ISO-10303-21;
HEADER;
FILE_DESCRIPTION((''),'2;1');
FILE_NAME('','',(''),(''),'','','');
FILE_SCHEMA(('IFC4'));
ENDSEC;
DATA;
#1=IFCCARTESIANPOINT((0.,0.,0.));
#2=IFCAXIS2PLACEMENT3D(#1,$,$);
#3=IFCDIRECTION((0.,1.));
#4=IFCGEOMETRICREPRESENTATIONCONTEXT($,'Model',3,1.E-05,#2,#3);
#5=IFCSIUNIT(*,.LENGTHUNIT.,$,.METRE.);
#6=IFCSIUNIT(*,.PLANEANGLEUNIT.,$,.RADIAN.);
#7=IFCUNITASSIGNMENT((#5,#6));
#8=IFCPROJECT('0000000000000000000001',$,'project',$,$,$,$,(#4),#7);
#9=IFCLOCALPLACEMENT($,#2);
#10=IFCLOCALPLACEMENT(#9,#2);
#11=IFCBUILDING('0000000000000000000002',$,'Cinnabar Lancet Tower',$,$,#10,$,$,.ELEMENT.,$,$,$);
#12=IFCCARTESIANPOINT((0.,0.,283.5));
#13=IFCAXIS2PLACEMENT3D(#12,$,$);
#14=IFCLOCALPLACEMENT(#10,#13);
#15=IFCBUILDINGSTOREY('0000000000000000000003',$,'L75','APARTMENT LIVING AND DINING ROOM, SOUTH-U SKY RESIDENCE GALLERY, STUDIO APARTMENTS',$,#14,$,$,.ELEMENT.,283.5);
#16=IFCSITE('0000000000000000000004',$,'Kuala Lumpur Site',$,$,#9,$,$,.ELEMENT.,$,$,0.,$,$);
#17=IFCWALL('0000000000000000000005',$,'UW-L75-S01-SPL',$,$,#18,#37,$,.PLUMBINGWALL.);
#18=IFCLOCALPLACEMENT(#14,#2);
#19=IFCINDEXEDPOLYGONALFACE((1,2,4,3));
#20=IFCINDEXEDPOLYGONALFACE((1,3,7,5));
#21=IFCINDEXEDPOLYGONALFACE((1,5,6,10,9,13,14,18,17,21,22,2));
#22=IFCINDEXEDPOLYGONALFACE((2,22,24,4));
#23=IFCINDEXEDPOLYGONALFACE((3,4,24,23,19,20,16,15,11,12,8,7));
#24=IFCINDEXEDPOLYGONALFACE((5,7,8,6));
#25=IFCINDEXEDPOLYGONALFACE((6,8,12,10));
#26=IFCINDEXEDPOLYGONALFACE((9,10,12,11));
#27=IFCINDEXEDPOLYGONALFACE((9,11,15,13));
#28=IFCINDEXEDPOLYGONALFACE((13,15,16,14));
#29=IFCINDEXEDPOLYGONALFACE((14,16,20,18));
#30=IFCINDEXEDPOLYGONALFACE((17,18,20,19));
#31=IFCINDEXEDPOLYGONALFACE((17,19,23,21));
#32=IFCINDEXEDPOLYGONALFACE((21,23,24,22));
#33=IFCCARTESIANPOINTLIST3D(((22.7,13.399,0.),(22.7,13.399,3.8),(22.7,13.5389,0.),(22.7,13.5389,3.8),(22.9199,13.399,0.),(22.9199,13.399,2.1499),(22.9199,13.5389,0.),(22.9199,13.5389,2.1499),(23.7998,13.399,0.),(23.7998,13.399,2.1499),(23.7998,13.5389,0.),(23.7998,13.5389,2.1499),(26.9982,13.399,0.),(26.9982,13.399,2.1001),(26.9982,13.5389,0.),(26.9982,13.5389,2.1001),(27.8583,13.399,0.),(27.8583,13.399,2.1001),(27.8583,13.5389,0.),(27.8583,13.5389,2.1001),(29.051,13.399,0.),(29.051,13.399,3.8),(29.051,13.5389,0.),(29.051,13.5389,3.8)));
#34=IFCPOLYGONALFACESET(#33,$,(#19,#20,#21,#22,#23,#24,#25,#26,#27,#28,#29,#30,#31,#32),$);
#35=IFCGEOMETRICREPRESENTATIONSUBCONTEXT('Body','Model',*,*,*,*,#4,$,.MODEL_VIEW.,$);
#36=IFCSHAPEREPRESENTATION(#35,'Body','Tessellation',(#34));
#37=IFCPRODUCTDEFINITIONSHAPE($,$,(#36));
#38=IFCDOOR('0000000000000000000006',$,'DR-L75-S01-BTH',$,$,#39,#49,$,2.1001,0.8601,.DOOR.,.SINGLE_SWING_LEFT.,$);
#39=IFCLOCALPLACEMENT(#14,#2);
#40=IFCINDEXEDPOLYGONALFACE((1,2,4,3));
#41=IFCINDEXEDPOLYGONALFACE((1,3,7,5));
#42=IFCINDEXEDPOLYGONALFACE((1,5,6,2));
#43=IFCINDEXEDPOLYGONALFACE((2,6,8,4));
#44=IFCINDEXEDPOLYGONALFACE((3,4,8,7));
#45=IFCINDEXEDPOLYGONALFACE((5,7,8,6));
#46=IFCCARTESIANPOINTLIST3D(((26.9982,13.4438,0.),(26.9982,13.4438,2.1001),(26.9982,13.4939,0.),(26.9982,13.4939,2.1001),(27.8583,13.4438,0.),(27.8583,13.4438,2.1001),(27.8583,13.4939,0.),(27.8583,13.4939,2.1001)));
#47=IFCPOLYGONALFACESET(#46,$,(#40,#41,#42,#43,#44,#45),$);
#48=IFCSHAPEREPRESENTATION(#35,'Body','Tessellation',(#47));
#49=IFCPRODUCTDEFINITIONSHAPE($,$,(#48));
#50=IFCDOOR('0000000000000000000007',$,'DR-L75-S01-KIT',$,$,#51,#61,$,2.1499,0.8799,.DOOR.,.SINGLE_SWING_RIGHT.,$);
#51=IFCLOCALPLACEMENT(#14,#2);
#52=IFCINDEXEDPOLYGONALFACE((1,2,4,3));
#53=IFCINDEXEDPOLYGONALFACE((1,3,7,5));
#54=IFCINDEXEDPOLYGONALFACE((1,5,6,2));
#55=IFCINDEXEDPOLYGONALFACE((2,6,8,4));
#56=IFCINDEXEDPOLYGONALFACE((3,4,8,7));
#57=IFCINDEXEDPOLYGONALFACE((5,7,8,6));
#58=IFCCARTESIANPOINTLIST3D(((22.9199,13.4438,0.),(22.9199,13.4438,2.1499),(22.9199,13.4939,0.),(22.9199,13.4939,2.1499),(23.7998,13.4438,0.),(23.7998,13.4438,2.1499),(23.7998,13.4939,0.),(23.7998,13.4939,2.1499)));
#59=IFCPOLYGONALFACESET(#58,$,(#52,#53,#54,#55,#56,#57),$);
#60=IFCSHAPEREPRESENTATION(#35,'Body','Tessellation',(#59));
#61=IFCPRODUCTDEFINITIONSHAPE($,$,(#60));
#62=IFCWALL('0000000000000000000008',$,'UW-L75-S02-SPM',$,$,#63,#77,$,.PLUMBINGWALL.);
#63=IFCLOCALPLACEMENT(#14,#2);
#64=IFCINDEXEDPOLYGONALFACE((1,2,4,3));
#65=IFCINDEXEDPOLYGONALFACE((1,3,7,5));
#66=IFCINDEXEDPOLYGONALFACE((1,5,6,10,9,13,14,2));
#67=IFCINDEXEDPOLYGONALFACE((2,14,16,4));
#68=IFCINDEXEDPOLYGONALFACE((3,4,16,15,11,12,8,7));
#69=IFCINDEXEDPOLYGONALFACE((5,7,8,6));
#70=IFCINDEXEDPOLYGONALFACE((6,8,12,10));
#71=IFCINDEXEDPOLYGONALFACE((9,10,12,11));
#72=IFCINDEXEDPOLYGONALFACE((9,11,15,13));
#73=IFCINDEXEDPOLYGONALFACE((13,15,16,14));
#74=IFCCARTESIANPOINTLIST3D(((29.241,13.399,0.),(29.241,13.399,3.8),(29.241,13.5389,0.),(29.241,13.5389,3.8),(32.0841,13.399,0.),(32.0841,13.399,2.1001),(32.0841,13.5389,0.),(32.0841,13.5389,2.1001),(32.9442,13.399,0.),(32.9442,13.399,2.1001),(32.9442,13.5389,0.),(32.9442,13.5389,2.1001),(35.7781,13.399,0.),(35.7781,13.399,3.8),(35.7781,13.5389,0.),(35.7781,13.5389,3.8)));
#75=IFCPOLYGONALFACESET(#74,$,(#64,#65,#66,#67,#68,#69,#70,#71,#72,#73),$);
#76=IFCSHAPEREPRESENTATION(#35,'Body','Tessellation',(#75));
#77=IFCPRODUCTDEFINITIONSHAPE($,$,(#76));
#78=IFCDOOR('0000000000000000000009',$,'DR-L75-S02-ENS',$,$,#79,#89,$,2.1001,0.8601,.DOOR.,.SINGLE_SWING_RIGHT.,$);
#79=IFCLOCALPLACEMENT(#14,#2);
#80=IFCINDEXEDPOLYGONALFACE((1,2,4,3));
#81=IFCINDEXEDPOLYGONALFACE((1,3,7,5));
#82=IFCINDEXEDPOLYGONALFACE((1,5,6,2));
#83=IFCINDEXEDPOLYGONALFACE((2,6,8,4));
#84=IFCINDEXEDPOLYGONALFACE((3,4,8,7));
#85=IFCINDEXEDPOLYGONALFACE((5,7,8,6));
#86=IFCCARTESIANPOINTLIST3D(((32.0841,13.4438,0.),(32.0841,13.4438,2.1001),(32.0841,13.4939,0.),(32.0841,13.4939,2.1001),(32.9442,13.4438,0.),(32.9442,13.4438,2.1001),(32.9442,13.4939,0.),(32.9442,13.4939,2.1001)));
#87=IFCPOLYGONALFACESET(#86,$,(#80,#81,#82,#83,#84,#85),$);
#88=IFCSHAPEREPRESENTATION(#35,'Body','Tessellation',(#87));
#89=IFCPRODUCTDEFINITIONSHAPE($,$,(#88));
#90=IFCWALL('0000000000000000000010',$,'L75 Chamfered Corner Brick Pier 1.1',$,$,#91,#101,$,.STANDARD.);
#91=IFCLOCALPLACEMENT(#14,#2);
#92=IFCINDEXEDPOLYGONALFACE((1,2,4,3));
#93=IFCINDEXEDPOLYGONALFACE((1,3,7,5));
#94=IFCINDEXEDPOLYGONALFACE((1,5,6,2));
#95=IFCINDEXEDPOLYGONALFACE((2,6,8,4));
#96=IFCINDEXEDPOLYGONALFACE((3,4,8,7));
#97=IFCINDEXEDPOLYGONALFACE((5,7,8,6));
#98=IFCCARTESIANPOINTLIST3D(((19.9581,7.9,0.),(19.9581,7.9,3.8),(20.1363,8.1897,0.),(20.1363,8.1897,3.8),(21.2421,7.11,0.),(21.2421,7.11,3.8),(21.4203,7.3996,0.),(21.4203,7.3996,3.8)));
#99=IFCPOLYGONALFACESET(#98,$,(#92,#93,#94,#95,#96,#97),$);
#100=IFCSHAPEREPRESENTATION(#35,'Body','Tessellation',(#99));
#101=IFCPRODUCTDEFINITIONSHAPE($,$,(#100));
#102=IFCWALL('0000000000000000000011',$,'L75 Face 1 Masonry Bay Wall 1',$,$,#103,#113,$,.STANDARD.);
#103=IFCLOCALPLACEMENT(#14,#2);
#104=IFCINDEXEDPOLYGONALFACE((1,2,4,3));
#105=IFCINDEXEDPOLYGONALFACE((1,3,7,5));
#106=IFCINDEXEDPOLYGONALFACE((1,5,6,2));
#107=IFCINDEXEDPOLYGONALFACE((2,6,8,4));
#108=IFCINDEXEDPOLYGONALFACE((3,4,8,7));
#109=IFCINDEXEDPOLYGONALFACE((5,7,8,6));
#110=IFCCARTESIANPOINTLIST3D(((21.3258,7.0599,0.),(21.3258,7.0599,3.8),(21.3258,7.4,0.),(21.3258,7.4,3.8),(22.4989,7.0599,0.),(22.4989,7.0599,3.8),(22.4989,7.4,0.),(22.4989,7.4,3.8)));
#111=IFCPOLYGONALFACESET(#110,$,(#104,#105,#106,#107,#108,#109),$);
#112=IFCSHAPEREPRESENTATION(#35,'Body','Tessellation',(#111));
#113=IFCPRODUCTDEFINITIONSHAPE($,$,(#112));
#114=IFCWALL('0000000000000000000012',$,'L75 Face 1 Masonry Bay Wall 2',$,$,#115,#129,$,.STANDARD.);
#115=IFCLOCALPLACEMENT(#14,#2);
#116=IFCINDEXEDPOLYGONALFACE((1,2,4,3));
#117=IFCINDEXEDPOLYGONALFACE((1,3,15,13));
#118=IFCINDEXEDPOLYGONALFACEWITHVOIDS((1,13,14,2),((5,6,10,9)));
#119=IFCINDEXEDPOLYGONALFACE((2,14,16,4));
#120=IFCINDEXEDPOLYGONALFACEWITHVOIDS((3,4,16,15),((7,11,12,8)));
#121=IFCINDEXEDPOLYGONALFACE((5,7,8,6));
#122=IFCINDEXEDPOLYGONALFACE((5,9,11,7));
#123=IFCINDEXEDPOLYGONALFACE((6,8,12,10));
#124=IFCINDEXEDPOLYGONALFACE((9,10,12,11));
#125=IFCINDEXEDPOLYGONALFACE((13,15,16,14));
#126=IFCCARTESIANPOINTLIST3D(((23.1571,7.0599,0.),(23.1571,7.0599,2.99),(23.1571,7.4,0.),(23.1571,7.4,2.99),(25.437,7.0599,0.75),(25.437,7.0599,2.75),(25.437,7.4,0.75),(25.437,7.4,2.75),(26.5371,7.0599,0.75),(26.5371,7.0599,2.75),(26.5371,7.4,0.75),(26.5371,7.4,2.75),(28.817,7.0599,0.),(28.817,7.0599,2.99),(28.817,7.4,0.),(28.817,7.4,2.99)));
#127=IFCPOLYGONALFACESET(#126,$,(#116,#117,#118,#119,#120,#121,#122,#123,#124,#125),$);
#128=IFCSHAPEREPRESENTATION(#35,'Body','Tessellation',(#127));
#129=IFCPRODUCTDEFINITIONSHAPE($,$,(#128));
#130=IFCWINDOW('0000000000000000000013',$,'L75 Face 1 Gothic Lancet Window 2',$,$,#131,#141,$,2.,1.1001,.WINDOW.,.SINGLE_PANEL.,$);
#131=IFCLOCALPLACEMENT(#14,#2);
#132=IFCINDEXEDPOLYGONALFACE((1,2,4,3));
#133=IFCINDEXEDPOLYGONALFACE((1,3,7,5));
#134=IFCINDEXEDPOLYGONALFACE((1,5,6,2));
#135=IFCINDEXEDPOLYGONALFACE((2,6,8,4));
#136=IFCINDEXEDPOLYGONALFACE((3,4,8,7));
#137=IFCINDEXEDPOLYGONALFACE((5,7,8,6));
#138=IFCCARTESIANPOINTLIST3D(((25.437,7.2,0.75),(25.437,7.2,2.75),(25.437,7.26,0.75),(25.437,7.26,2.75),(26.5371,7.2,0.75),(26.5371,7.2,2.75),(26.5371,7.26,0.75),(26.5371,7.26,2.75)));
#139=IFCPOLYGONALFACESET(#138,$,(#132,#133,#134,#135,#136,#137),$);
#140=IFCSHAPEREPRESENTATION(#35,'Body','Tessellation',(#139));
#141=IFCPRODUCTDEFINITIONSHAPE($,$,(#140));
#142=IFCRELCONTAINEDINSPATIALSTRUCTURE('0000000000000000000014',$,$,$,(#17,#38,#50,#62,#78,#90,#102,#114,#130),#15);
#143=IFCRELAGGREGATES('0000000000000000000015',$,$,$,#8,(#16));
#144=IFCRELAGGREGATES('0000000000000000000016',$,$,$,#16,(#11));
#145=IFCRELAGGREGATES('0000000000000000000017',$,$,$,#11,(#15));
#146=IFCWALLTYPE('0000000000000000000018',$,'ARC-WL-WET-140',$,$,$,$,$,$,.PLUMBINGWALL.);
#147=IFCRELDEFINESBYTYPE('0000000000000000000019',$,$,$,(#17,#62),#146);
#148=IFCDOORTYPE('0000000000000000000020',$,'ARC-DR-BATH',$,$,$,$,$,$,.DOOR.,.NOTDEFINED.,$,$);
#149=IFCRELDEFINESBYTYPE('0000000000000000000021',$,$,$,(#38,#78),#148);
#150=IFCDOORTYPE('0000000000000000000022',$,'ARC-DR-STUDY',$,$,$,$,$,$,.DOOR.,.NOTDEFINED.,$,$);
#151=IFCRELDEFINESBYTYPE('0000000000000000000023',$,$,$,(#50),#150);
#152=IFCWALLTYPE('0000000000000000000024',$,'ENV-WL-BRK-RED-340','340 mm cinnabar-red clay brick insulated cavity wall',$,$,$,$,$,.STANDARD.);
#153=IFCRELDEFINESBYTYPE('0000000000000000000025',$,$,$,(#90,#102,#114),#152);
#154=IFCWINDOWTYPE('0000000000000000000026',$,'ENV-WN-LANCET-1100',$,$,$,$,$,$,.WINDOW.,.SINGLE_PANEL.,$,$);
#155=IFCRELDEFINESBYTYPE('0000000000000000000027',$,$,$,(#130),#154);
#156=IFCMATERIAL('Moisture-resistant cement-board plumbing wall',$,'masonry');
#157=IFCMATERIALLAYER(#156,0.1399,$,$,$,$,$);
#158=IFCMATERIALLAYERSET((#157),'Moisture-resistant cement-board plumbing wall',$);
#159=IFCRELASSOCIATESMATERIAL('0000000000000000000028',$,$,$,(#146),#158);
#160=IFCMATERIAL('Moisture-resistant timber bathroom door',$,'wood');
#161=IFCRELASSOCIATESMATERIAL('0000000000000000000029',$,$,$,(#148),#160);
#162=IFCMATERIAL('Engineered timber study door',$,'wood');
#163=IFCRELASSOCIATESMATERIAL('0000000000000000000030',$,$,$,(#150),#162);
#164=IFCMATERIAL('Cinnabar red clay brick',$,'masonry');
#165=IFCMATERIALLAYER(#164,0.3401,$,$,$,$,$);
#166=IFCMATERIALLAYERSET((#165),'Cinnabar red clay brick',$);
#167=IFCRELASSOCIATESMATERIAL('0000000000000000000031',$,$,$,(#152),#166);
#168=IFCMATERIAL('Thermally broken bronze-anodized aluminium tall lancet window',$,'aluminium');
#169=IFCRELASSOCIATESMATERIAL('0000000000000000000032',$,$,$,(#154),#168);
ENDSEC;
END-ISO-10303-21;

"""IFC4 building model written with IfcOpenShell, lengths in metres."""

from ifc_helpers import new_model, si_unit, direction, frame, frame_2d, origin, place, context, subcontext, project, spatial, rectangle, extrude, material, layer, layer_set, type_object, element, fill, save


model = new_model("IFC4")

# Units and contexts
model_context = context("Model", 3, precision=1e-05, world=origin(), true_north=direction((0.0, 1.0)))
body_context = subcontext(model_context, "Body", "Model", "MODEL_VIEW")
ifc_project = project(units=[si_unit("LENGTHUNIT", "METRE"), si_unit("PLANEANGLEUNIT", "RADIAN")], contexts=[model_context])

# Site, building, storey
site_placement = place(None, origin())
site = spatial("IfcSite", under=ifc_project, at=site_placement, Name="Kuala Lumpur Site", CompositionType="ELEMENT", RefElevation=0.0)
building_placement = place(site_placement, origin())
building = spatial("IfcBuilding", under=site, at=building_placement, Name="Cinnabar Lancet Tower", CompositionType="ELEMENT")
storey_placement = place(building_placement, frame((0.0, 0.0, 283.5)))
storey = spatial("IfcBuildingStorey", under=building, at=storey_placement, Name="L75", Description="APARTMENT LIVING AND DINING ROOM, SOUTH-U SKY RESIDENCE GALLERY, STUDIO APARTMENTS", CompositionType="ELEMENT", Elevation=283.5)

# Wall, openings, doors
ifc_material_1 = material(Name="Moisture-resistant cement-board plumbing wall", Category="masonry")
ifc_layer_1 = layer(ifc_material_1, 0.1399)
ifc_layer_set_1 = layer_set([ifc_layer_1], Name="Moisture-resistant cement-board plumbing wall")
wall_type_1 = type_object("IfcWallType", Name="ARC-WL-WET-140", PredefinedType="PLUMBINGWALL", material=ifc_layer_set_1)
wall_1_placement = place(storey_placement, frame((22.7, 13.469, 0.0), z_axis=(0.0, 0.0, 1.0), x_axis=(1.0, 0.0, 0.0)))
wall_1 = element("IfcWall", 1, at=wall_1_placement, inside=storey, type_object=wall_type_1, Name="UW-L75-S01-SPL", PredefinedType="PLUMBINGWALL", context=body_context, shape_type="SweptSolid", body=[
    extrude(rectangle(XDim=6.3511, YDim=0.1399, at=frame_2d((3.1755, 0.0))), origin(), (0.0, 0.0, 1.0), 3.8),
])
opening_1_placement = place(wall_1_placement, frame((4.2981, 0.0, 0.0)))
opening_1 = element("IfcOpeningElement", 2, at=opening_1_placement, cuts=wall_1, PredefinedType="OPENING", context=body_context, shape_type="SweptSolid", body=[
    extrude(rectangle(XDim=0.8601, YDim=2.1001, at=frame_2d((0.4302, 1.05))), frame((0.0, 0.0798, 0.0), z_axis=(0.0, -1.0, 0.0), x_axis=(1.0, 0.0, 0.0)), (0.0, 0.0, 1.0), 0.1599),
])
opening_2_placement = place(wall_1_placement, frame((0.22, 0.0, 0.0)))
opening_2 = element("IfcOpeningElement", 3, at=opening_2_placement, cuts=wall_1, PredefinedType="OPENING", context=body_context, shape_type="SweptSolid", body=[
    extrude(rectangle(XDim=0.8799, YDim=2.1499, at=frame_2d((0.4399, 1.075))), frame((0.0, 0.0798, 0.0), z_axis=(0.0, -1.0, 0.0), x_axis=(1.0, 0.0, 0.0)), (0.0, 0.0, 1.0), 0.1599),
])
ifc_material_2 = material(Name="Moisture-resistant timber bathroom door", Category="wood")
door_type_1 = type_object("IfcDoorType", Name="ARC-DR-BATH", OperationType="NOTDEFINED", PredefinedType="DOOR", material=ifc_material_2)
door_1_placement = place(opening_1_placement, origin())
door_1 = element("IfcDoor", 4, at=door_1_placement, inside=storey, type_object=door_type_1, Name="DR-L75-S01-BTH", OperationType="SINGLE_SWING_LEFT", OverallHeight=2.1001, OverallWidth=0.8601, PredefinedType="DOOR", context=body_context, shape_type="SweptSolid", body=[
    extrude(rectangle(XDim=0.8601, YDim=2.1001, at=frame_2d((0.4302, 1.05))), frame((0.0, 0.0249, 0.0), z_axis=(0.0, -1.0, 0.0), x_axis=(1.0, 0.0, 0.0)), (0.0, 0.0, 1.0), 0.05),
])
fill(opening_1, door_1)
ifc_material_3 = material(Name="Engineered timber study door", Category="wood")
door_type_2 = type_object("IfcDoorType", Name="ARC-DR-STUDY", OperationType="NOTDEFINED", PredefinedType="DOOR", material=ifc_material_3)
door_2_placement = place(opening_2_placement, origin())
door_2 = element("IfcDoor", 5, at=door_2_placement, inside=storey, type_object=door_type_2, Name="DR-L75-S01-KIT", OperationType="SINGLE_SWING_RIGHT", OverallHeight=2.1499, OverallWidth=0.8799, PredefinedType="DOOR", context=body_context, shape_type="SweptSolid", body=[
    extrude(rectangle(XDim=0.8799, YDim=2.1499, at=frame_2d((0.4399, 1.075))), frame((0.0, 0.0249, 0.0), z_axis=(0.0, -1.0, 0.0), x_axis=(1.0, 0.0, 0.0)), (0.0, 0.0, 1.0), 0.05),
])
fill(opening_2, door_2)

# Wall, opening, door
wall_2_placement = place(storey_placement, frame((29.241, 13.469, 0.0), z_axis=(0.0, 0.0, 1.0), x_axis=(1.0, 0.0, 0.0)))
wall_2 = element("IfcWall", 6, at=wall_2_placement, inside=storey, type_object=wall_type_1, Name="UW-L75-S02-SPM", PredefinedType="PLUMBINGWALL", context=body_context, shape_type="SweptSolid", body=[
    extrude(rectangle(XDim=6.5371, YDim=0.1399, at=frame_2d((3.2686, 0.0))), origin(), (0.0, 0.0, 1.0), 3.8),
])
opening_3_placement = place(wall_2_placement, frame((2.843, 0.0, 0.0)))
opening_3 = element("IfcOpeningElement", 7, at=opening_3_placement, cuts=wall_2, PredefinedType="OPENING", context=body_context, shape_type="SweptSolid", body=[
    extrude(rectangle(XDim=0.8601, YDim=2.1001, at=frame_2d((0.4302, 1.05))), frame((0.0, 0.0798, 0.0), z_axis=(0.0, -1.0, 0.0), x_axis=(1.0, 0.0, 0.0)), (0.0, 0.0, 1.0), 0.1599),
])
door_3_placement = place(opening_3_placement, origin())
door_3 = element("IfcDoor", 8, at=door_3_placement, inside=storey, type_object=door_type_1, Name="DR-L75-S02-ENS", OperationType="SINGLE_SWING_RIGHT", OverallHeight=2.1001, OverallWidth=0.8601, PredefinedType="DOOR", context=body_context, shape_type="SweptSolid", body=[
    extrude(rectangle(XDim=0.8601, YDim=2.1001, at=frame_2d((0.4302, 1.05))), frame((0.0, 0.0249, 0.0), z_axis=(0.0, -1.0, 0.0), x_axis=(1.0, 0.0, 0.0)), (0.0, 0.0, 1.0), 0.05),
])
fill(opening_3, door_3)

# Walls
ifc_material_4 = material(Name="Cinnabar red clay brick", Category="masonry")
ifc_layer_2 = layer(ifc_material_4, 0.3401)
ifc_layer_set_2 = layer_set([ifc_layer_2], Name="Cinnabar red clay brick")
wall_type_2 = type_object("IfcWallType", Name="ENV-WL-BRK-RED-340", Description="340 mm cinnabar-red clay brick insulated cavity wall", PredefinedType="STANDARD", material=ifc_layer_set_2)
wall_3_placement = place(storey_placement, frame((20.0471, 8.0449, 0.0), z_axis=(0.0, 0.0, 1.0), x_axis=(0.851681, -0.524061, 0.0)))
element("IfcWall", 9, at=wall_3_placement, inside=storey, type_object=wall_type_2, Name="L75 Chamfered Corner Brick Pier 1.1", PredefinedType="STANDARD", context=body_context, shape_type="SweptSolid", body=[
    extrude(rectangle(XDim=1.5076, YDim=0.3401, at=frame_2d((0.7539, 0.0))), origin(), (0.0, 0.0, 1.0), 3.8),
])
wall_4_placement = place(storey_placement, frame((21.3259, 7.23, 0.0), z_axis=(0.0, 0.0, 1.0), x_axis=(1.0, 0.0, 0.0)))
element("IfcWall", 10, at=wall_4_placement, inside=storey, type_object=wall_type_2, Name="L75 Face 1 Masonry Bay Wall 1", PredefinedType="STANDARD", context=body_context, shape_type="SweptSolid", body=[
    extrude(rectangle(XDim=1.1731, YDim=0.3401, at=frame_2d((0.5864, 0.0))), origin(), (0.0, 0.0, 1.0), 3.8),
])

# Wall, opening, window
wall_5_placement = place(storey_placement, frame((23.157, 7.23, 0.0), z_axis=(0.0, 0.0, 1.0), x_axis=(1.0, 0.0, 0.0)))
wall_5 = element("IfcWall", 11, at=wall_5_placement, inside=storey, type_object=wall_type_2, Name="L75 Face 1 Masonry Bay Wall 2", PredefinedType="STANDARD", context=body_context, shape_type="SweptSolid", body=[
    extrude(rectangle(XDim=5.6599, YDim=0.3401, at=frame_2d((2.8301, 0.0))), origin(), (0.0, 0.0, 1.0), 2.99),
])
opening_4_placement = place(wall_5_placement, frame((2.28, 0.0, 0.75)))
opening_4 = element("IfcOpeningElement", 12, at=opening_4_placement, cuts=wall_5, PredefinedType="OPENING", context=body_context, shape_type="SweptSolid", body=[
    extrude(rectangle(XDim=1.1001, YDim=2.0, at=frame_2d((0.55, 1.0))), frame((0.0, 0.1799, 0.0), z_axis=(0.0, -1.0, 0.0), x_axis=(1.0, 0.0, 0.0)), (0.0, 0.0, 1.0), 0.3601),
])
ifc_material_5 = material(Name="Thermally broken bronze-anodized aluminium tall lancet window", Category="aluminium")
window_type = type_object("IfcWindowType", Name="ENV-WN-LANCET-1100", PartitioningType="SINGLE_PANEL", PredefinedType="WINDOW", material=ifc_material_5)
window_placement = place(opening_4_placement, origin())
window = element("IfcWindow", 13, at=window_placement, inside=storey, type_object=window_type, Name="L75 Face 1 Gothic Lancet Window 2", OverallHeight=2.0, OverallWidth=1.1001, PartitioningType="SINGLE_PANEL", PredefinedType="WINDOW", context=body_context, shape_type="SweptSolid", body=[
    extrude(rectangle(XDim=1.1001, YDim=2.0, at=frame_2d((0.55, 1.0))), frame((0.0, 0.03, 0.0), z_axis=(0.0, -1.0, 0.0), x_axis=(1.0, 0.0, 0.0)), (0.0, 0.0, 1.0), 0.0601),
])
fill(opening_4, window)

save(model, "model.ifc")
